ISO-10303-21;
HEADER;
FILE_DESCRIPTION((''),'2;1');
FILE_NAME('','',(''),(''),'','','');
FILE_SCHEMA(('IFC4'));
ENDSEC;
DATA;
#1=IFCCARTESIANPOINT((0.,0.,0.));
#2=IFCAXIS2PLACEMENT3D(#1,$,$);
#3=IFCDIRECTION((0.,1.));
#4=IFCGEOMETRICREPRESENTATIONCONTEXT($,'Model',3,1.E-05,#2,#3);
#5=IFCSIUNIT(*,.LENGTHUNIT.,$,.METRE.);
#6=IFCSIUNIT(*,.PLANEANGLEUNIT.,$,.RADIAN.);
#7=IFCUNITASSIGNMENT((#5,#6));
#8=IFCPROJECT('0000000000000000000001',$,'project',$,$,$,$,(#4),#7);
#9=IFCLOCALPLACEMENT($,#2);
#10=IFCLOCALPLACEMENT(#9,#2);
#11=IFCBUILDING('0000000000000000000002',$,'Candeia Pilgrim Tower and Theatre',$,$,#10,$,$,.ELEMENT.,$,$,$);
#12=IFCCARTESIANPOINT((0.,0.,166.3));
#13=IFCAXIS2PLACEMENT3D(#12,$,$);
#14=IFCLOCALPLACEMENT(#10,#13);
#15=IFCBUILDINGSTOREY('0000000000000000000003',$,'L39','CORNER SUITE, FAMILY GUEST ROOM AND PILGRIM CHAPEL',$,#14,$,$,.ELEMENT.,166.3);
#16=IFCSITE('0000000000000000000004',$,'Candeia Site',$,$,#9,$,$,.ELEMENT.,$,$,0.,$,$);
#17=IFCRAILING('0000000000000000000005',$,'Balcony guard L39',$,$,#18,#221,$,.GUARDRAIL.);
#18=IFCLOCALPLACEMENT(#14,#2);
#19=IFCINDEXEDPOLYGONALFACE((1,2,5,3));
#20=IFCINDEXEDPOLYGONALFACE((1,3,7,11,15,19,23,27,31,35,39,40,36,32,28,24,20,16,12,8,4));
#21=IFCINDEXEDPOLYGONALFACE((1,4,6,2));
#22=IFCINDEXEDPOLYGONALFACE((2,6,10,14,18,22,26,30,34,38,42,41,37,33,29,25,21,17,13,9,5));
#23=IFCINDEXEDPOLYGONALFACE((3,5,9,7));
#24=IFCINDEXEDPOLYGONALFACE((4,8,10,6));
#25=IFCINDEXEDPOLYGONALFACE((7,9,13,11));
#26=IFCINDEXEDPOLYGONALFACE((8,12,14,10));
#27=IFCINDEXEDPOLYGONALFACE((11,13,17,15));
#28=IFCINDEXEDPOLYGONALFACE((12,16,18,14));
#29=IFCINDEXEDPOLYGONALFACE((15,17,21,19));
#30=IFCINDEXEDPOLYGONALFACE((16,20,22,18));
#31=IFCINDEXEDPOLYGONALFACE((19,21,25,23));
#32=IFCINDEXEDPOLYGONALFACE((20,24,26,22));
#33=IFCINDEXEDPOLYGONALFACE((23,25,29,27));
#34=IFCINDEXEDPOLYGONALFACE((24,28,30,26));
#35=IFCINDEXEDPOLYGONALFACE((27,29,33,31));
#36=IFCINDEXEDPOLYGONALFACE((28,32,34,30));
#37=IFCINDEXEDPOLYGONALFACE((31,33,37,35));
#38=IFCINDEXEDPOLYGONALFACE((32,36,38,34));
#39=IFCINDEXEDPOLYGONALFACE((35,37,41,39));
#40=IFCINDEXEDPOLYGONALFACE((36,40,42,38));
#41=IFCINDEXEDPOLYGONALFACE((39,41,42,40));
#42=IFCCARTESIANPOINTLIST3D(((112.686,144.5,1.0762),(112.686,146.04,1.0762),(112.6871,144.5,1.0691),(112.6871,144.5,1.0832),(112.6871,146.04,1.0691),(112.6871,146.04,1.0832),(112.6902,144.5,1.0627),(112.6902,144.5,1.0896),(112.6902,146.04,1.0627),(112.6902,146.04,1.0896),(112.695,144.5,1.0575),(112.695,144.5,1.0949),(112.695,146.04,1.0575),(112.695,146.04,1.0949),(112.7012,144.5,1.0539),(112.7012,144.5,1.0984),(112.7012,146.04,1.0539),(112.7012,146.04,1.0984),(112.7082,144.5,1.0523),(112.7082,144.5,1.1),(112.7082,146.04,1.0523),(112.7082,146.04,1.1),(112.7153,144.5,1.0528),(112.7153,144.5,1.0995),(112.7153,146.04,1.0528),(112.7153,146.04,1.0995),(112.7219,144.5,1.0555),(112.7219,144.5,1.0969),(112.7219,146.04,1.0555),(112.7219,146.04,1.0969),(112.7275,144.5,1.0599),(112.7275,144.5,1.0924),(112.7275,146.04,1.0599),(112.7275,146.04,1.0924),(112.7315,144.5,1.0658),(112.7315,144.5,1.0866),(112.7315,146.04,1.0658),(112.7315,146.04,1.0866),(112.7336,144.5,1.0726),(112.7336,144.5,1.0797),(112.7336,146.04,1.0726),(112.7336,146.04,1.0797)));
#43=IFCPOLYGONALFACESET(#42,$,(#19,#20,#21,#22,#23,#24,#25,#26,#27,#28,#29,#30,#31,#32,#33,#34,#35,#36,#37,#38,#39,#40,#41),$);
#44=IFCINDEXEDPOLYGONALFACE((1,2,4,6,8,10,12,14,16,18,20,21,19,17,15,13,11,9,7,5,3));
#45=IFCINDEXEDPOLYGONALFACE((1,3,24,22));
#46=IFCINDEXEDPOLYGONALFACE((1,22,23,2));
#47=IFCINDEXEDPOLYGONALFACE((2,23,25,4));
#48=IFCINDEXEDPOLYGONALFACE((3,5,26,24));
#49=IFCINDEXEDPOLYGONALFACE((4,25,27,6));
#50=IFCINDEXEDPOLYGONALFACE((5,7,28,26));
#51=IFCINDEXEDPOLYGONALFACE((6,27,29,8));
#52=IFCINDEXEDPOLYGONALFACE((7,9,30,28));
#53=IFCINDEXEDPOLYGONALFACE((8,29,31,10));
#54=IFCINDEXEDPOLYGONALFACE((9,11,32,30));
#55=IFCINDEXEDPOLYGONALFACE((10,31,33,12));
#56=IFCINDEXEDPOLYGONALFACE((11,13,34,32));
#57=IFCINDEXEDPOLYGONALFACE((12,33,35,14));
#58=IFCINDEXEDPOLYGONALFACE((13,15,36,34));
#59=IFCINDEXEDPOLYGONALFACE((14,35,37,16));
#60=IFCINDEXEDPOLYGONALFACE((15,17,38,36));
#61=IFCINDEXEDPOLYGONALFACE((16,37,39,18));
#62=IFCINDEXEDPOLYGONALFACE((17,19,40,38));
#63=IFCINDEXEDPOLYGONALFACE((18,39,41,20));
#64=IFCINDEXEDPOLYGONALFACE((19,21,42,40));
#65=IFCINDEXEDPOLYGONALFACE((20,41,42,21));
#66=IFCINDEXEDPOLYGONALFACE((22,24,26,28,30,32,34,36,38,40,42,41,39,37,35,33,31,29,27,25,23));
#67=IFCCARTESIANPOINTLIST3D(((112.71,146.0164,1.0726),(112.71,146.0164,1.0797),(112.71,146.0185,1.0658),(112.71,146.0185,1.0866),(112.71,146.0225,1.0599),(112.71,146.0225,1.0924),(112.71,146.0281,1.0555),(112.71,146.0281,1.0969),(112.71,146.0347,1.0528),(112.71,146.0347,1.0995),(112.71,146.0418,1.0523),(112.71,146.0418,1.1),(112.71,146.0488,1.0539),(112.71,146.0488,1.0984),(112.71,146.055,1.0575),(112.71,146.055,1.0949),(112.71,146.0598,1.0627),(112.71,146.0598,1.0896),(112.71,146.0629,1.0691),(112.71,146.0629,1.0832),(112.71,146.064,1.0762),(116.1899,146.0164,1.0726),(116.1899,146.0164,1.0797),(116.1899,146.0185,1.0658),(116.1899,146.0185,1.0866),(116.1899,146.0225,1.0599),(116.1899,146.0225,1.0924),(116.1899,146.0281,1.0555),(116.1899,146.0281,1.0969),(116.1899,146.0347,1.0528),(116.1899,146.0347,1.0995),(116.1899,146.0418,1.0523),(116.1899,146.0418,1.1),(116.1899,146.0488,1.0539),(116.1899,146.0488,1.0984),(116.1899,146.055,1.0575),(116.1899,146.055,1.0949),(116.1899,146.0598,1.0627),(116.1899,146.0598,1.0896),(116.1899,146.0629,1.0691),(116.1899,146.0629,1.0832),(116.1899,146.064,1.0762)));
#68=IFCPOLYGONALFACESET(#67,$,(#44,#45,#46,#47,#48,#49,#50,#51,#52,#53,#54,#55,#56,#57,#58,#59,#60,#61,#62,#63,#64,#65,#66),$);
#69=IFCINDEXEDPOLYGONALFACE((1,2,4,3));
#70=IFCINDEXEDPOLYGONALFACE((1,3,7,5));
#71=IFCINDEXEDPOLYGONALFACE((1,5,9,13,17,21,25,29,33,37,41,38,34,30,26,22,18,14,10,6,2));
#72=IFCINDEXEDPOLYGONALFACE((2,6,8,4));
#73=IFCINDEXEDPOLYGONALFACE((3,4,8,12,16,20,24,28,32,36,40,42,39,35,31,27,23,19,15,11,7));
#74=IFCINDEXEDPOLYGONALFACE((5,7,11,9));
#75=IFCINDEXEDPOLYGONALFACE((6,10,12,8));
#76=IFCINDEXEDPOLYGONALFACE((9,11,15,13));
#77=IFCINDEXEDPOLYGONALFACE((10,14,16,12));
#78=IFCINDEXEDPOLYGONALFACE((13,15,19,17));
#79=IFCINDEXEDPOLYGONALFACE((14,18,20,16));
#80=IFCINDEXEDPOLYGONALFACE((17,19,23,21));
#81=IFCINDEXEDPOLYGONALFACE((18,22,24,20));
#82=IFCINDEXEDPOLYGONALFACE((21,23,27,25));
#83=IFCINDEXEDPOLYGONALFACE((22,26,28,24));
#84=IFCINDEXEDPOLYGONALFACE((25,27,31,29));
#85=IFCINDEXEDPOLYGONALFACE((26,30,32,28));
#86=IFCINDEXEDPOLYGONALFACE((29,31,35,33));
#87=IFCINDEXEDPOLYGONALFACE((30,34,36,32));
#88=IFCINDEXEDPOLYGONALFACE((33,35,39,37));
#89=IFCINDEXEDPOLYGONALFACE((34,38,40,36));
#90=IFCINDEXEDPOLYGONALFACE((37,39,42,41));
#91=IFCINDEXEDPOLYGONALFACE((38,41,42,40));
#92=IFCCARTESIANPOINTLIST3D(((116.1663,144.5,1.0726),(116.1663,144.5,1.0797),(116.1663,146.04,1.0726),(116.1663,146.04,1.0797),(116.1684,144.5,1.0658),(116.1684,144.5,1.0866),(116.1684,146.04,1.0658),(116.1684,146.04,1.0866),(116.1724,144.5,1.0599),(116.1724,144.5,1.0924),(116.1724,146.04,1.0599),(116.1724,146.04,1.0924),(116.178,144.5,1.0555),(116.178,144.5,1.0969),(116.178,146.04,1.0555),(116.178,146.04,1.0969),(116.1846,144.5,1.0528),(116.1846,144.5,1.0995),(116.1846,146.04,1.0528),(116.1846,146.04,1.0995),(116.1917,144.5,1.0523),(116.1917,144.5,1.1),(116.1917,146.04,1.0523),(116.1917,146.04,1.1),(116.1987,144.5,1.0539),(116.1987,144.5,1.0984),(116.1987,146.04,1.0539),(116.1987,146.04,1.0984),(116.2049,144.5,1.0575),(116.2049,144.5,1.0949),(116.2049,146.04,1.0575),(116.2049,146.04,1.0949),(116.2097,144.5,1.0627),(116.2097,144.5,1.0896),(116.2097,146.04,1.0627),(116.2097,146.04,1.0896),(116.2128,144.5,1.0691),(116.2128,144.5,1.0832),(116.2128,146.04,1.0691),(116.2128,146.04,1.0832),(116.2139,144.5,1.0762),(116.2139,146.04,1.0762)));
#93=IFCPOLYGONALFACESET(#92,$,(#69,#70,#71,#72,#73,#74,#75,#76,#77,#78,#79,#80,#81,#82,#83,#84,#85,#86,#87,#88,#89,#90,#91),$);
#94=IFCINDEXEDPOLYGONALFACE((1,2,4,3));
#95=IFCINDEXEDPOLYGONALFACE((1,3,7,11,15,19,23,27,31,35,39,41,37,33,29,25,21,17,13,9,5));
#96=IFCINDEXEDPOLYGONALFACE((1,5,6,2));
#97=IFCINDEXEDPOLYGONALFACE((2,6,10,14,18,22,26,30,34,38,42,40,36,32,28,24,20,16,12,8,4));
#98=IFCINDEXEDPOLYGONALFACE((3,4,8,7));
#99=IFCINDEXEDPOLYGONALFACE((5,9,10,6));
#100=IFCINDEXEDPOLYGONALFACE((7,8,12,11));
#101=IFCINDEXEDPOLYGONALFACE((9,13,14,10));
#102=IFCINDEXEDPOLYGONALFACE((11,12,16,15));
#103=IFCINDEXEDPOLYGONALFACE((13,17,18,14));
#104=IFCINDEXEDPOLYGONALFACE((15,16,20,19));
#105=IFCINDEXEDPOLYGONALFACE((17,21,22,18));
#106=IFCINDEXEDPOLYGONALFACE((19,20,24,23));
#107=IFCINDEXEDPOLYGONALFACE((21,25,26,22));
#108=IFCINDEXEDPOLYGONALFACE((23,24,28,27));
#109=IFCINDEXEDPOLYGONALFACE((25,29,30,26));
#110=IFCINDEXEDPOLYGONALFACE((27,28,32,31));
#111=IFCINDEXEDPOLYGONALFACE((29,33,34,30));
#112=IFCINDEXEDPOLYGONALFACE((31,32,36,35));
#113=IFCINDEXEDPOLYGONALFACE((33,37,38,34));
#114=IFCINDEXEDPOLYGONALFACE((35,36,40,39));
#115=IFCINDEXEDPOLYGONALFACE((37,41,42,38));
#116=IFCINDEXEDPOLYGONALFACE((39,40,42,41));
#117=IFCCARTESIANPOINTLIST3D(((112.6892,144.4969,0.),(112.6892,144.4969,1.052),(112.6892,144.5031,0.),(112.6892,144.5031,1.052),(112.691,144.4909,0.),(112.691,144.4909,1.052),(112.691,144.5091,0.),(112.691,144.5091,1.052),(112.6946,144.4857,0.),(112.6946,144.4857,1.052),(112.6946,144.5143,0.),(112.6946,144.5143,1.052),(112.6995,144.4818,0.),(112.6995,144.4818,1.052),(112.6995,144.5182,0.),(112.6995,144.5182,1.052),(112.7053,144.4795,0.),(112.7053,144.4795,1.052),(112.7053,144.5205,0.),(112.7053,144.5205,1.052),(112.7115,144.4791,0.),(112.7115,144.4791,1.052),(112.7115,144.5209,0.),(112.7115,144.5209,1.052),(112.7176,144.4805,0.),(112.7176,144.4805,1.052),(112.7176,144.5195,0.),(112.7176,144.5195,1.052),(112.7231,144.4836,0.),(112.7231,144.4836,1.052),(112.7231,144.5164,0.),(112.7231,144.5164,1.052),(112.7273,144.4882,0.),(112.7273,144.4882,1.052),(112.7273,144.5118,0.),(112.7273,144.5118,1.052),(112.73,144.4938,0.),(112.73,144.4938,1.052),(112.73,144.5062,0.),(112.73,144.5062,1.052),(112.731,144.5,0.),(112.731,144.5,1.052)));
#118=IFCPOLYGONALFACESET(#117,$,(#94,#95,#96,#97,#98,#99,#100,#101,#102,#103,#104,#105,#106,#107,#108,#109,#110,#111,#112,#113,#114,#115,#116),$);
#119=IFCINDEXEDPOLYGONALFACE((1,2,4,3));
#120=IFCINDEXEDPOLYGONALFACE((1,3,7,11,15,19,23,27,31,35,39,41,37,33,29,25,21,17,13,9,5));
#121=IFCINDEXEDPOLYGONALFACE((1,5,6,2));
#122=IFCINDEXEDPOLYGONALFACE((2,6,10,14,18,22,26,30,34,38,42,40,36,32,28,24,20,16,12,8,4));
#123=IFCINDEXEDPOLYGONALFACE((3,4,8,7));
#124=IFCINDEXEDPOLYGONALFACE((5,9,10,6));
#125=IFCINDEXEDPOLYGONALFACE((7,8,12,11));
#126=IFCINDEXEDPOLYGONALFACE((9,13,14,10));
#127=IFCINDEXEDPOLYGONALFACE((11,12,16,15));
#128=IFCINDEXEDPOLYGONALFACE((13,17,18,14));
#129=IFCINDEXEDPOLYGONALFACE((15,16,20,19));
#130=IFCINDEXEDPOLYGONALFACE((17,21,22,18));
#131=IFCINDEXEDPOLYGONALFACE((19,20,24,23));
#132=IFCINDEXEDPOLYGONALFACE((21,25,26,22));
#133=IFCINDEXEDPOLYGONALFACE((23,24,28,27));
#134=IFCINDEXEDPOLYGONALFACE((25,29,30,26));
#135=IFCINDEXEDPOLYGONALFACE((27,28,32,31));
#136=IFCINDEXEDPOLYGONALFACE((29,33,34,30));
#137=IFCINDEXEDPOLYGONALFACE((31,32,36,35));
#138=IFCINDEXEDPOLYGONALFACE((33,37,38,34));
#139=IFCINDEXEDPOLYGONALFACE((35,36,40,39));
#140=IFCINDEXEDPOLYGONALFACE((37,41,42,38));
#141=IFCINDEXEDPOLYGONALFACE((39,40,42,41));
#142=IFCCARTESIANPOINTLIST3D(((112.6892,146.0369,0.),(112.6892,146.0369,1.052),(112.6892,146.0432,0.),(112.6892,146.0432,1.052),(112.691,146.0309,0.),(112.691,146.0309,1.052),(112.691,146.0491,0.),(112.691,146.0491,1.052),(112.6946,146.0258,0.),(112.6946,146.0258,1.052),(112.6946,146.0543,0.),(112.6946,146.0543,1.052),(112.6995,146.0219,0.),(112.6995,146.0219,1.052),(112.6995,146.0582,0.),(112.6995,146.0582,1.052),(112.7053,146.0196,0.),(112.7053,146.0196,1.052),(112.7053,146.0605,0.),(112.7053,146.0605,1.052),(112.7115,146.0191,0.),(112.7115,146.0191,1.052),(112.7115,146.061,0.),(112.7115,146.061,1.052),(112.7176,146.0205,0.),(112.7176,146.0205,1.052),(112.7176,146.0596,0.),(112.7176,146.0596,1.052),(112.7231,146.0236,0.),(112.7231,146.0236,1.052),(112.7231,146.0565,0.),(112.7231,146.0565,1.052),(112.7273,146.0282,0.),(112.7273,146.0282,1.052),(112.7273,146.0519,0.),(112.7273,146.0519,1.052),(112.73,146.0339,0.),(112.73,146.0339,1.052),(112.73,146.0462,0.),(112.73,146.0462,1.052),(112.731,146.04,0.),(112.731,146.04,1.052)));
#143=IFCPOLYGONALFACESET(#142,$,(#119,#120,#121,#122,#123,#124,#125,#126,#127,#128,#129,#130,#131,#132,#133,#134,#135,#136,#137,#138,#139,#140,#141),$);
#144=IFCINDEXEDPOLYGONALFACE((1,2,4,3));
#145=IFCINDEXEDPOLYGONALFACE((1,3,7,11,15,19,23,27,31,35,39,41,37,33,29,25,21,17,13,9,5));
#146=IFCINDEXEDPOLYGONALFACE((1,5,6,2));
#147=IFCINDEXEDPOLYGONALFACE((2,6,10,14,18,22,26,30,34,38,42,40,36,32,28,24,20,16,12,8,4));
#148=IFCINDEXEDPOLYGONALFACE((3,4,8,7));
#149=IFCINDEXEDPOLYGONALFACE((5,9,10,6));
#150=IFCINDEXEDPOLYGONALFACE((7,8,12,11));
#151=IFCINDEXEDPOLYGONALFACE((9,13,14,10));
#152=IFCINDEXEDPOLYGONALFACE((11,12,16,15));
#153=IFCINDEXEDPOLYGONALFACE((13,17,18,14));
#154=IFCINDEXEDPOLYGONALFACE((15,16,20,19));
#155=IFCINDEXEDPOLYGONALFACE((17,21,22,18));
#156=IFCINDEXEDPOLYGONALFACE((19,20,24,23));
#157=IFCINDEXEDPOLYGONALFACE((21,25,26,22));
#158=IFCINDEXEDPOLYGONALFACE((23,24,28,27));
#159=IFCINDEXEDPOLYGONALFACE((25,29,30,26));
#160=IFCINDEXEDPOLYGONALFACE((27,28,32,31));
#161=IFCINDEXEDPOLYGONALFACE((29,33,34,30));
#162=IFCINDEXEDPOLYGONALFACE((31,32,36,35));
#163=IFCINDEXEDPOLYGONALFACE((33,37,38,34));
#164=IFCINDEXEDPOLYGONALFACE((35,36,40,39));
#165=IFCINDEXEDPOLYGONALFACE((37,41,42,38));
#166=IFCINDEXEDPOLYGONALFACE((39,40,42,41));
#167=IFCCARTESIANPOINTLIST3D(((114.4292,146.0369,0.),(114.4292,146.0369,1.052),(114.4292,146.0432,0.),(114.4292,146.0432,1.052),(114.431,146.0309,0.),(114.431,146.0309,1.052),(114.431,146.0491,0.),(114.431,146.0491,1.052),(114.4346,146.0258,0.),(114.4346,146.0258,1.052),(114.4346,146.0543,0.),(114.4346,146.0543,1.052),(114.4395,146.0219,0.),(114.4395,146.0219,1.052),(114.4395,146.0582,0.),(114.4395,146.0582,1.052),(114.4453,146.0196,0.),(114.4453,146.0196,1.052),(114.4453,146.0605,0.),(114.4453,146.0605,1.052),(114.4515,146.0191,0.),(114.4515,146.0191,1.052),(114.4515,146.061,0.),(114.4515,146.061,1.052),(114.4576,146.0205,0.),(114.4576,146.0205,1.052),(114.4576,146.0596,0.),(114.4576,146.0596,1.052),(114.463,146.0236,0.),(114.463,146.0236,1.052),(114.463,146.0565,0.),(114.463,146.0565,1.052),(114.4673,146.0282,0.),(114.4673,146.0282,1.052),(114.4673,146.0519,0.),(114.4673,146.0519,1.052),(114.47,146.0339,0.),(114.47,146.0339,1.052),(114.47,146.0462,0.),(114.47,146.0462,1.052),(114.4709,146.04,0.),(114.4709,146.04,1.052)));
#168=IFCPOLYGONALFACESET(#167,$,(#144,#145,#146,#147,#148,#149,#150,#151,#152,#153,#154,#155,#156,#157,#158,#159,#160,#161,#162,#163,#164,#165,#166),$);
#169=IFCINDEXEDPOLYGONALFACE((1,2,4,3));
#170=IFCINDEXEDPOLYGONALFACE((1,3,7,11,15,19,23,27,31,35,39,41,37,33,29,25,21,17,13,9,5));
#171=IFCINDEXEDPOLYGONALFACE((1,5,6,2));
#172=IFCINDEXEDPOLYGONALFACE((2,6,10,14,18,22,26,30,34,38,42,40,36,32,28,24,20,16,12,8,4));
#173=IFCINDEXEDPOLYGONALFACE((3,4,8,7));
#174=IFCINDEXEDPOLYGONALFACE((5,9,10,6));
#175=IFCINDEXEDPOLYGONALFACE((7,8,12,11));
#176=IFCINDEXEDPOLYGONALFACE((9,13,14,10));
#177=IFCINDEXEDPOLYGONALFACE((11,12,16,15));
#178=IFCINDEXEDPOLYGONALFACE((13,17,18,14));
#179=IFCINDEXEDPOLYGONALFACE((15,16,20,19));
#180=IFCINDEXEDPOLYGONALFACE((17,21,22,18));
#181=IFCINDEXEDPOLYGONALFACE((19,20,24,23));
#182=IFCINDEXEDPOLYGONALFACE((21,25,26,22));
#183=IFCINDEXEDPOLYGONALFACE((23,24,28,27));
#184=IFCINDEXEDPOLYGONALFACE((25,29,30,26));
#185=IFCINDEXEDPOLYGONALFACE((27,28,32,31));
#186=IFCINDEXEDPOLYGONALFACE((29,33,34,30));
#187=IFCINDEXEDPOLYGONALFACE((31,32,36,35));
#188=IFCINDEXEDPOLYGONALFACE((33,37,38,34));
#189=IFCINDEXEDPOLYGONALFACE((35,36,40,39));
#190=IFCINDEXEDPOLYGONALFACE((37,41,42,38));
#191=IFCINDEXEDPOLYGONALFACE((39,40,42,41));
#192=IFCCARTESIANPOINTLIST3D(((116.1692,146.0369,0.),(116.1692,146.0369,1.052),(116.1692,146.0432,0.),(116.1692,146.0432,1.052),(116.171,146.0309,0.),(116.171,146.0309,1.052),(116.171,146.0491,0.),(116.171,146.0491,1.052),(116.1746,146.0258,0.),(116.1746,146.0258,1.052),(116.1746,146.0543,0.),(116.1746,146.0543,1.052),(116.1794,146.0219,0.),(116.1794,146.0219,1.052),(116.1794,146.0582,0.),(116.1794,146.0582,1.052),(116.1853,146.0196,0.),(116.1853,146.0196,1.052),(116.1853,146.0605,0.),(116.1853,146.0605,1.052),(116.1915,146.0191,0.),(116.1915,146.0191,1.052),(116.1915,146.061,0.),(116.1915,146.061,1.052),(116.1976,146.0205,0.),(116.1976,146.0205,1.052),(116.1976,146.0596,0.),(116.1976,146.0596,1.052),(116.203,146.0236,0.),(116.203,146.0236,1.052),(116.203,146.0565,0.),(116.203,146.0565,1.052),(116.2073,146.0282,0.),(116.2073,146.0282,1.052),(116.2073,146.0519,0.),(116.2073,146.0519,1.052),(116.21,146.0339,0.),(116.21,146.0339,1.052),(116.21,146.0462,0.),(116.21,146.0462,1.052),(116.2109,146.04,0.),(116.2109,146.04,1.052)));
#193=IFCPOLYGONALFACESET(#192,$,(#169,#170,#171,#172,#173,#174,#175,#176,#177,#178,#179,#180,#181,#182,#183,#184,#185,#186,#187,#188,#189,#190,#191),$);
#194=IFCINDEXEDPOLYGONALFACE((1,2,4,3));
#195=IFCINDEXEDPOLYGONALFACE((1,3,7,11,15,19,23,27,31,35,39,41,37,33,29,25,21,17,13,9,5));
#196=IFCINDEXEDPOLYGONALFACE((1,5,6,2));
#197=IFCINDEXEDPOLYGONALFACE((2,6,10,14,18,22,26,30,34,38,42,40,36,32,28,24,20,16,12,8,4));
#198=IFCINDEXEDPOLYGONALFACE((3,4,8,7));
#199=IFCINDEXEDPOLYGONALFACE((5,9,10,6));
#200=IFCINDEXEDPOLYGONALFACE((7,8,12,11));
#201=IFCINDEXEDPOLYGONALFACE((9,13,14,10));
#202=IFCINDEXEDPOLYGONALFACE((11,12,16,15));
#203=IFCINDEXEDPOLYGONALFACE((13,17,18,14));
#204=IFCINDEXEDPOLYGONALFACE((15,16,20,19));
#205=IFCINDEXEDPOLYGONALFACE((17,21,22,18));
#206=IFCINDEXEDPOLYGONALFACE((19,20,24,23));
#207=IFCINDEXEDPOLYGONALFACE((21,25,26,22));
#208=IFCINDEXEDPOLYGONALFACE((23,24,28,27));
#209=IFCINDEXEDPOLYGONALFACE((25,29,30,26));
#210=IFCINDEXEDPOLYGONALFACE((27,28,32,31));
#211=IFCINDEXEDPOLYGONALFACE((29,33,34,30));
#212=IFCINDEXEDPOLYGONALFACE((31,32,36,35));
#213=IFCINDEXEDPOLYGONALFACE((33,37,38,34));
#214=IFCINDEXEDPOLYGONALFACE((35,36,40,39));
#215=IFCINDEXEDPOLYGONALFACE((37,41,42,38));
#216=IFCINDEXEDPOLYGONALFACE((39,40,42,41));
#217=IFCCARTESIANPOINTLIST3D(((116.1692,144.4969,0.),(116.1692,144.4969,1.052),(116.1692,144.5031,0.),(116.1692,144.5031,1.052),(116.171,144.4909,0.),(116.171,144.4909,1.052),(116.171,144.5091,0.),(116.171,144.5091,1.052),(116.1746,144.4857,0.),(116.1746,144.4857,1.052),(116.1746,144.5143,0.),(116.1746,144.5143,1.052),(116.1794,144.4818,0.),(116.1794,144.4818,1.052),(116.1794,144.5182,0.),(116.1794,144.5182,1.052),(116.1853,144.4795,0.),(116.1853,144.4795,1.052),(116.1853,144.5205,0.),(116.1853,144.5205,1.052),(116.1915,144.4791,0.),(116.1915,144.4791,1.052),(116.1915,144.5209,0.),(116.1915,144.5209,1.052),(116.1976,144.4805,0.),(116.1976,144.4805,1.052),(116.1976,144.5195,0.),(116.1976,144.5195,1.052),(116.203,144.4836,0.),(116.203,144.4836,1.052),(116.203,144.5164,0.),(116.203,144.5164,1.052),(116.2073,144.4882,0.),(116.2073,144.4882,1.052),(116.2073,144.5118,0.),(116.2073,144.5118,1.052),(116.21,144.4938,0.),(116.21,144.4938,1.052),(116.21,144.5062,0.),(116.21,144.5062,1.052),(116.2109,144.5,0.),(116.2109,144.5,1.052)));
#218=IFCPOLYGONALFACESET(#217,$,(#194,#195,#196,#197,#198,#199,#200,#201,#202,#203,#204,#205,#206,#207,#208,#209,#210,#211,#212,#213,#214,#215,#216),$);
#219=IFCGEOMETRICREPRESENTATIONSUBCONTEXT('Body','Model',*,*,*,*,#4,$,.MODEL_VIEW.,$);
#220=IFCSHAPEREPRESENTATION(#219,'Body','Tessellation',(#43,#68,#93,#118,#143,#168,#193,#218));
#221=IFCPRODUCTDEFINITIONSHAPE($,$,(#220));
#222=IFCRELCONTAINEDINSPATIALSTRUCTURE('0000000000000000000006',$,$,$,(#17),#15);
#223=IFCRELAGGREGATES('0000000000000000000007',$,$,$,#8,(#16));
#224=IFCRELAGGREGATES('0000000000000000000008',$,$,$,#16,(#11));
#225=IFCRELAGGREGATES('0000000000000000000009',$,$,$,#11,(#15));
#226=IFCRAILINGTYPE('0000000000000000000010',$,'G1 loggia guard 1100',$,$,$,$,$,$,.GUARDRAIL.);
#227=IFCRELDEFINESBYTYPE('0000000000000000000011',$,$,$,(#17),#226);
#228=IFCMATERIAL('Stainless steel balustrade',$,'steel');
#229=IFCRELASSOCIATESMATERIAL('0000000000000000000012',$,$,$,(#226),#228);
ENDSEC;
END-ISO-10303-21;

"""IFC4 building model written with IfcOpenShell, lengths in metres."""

from ifc_helpers import new_model, si_unit, direction, frame, origin, origin_2d, place, context, subcontext, project, spatial, circle, extrude, material, type_object, element, save


model = new_model("IFC4")

# Units and contexts
model_context = context("Model", 3, precision=1e-05, world=origin(), true_north=direction((0.0, 1.0)))
body_context = subcontext(model_context, "Body", "Model", "MODEL_VIEW")
ifc_project = project(units=[si_unit("LENGTHUNIT", "METRE"), si_unit("PLANEANGLEUNIT", "RADIAN")], contexts=[model_context])

# Site, building, storey
site_placement = place(None, origin())
site = spatial("IfcSite", under=ifc_project, at=site_placement, Name="Candeia Site", CompositionType="ELEMENT", RefElevation=0.0)
building_placement = place(site_placement, origin())
building = spatial("IfcBuilding", under=site, at=building_placement, Name="Candeia Pilgrim Tower and Theatre", CompositionType="ELEMENT")
storey_placement = place(building_placement, frame((0.0, 0.0, 166.3)))
storey = spatial("IfcBuildingStorey", under=building, at=storey_placement, Name="L39", Description="CORNER SUITE, FAMILY GUEST ROOM AND PILGRIM CHAPEL", CompositionType="ELEMENT", Elevation=166.3)

# Railing
ifc_material_1 = material(Name="Stainless steel balustrade", Category="steel")
railing_type = type_object("IfcRailingType", Name="G1 loggia guard 1100", PredefinedType="GUARDRAIL", material=ifc_material_1)
railing_1_placement = place(storey_placement, frame((112.71, 144.5, 0.0)))
element("IfcRailing", 1, at=railing_1_placement, inside=storey, type_object=railing_type, Name="Balcony guard L39", PredefinedType="GUARDRAIL", context=body_context, shape_type="SweptSolid", body=[
    extrude(circle(Radius=0.0239, at=origin_2d()), frame((0.0, 0.0, 1.0762), z_axis=(0.0, 1.0, 0.0), x_axis=(-1.0, 0.0, 0.0)), (0.0, 0.0, 1.0), 1.54),
    extrude(circle(Radius=0.0239, at=origin_2d()), frame((0.0, 1.54, 1.0762), z_axis=(1.0, 0.0, 0.0), x_axis=(0.0, 1.0, 0.0)), (0.0, 0.0, 1.0), 3.48),
    extrude(circle(Radius=0.0239, at=origin_2d()), frame((3.48, 1.54, 1.0762), z_axis=(0.0, -1.0, 0.0), x_axis=(1.0, 0.0, 0.0)), (0.0, 0.0, 1.0), 1.54),
    extrude(circle(Radius=0.021, at=origin_2d()), origin(), (0.0, 0.0, 1.0), 1.052),
    extrude(circle(Radius=0.021, at=origin_2d()), frame((0.0, 1.54, 0.0)), (0.0, 0.0, 1.0), 1.052),
    extrude(circle(Radius=0.021, at=origin_2d()), frame((1.74, 1.54, 0.0)), (0.0, 0.0, 1.0), 1.052),
    extrude(circle(Radius=0.021, at=origin_2d()), frame((3.48, 1.54, 0.0)), (0.0, 0.0, 1.0), 1.052),
    extrude(circle(Radius=0.021, at=origin_2d()), frame((3.48, 0.0, 0.0)), (0.0, 0.0, 1.0), 1.052),
])

save(model, "model.ifc")
